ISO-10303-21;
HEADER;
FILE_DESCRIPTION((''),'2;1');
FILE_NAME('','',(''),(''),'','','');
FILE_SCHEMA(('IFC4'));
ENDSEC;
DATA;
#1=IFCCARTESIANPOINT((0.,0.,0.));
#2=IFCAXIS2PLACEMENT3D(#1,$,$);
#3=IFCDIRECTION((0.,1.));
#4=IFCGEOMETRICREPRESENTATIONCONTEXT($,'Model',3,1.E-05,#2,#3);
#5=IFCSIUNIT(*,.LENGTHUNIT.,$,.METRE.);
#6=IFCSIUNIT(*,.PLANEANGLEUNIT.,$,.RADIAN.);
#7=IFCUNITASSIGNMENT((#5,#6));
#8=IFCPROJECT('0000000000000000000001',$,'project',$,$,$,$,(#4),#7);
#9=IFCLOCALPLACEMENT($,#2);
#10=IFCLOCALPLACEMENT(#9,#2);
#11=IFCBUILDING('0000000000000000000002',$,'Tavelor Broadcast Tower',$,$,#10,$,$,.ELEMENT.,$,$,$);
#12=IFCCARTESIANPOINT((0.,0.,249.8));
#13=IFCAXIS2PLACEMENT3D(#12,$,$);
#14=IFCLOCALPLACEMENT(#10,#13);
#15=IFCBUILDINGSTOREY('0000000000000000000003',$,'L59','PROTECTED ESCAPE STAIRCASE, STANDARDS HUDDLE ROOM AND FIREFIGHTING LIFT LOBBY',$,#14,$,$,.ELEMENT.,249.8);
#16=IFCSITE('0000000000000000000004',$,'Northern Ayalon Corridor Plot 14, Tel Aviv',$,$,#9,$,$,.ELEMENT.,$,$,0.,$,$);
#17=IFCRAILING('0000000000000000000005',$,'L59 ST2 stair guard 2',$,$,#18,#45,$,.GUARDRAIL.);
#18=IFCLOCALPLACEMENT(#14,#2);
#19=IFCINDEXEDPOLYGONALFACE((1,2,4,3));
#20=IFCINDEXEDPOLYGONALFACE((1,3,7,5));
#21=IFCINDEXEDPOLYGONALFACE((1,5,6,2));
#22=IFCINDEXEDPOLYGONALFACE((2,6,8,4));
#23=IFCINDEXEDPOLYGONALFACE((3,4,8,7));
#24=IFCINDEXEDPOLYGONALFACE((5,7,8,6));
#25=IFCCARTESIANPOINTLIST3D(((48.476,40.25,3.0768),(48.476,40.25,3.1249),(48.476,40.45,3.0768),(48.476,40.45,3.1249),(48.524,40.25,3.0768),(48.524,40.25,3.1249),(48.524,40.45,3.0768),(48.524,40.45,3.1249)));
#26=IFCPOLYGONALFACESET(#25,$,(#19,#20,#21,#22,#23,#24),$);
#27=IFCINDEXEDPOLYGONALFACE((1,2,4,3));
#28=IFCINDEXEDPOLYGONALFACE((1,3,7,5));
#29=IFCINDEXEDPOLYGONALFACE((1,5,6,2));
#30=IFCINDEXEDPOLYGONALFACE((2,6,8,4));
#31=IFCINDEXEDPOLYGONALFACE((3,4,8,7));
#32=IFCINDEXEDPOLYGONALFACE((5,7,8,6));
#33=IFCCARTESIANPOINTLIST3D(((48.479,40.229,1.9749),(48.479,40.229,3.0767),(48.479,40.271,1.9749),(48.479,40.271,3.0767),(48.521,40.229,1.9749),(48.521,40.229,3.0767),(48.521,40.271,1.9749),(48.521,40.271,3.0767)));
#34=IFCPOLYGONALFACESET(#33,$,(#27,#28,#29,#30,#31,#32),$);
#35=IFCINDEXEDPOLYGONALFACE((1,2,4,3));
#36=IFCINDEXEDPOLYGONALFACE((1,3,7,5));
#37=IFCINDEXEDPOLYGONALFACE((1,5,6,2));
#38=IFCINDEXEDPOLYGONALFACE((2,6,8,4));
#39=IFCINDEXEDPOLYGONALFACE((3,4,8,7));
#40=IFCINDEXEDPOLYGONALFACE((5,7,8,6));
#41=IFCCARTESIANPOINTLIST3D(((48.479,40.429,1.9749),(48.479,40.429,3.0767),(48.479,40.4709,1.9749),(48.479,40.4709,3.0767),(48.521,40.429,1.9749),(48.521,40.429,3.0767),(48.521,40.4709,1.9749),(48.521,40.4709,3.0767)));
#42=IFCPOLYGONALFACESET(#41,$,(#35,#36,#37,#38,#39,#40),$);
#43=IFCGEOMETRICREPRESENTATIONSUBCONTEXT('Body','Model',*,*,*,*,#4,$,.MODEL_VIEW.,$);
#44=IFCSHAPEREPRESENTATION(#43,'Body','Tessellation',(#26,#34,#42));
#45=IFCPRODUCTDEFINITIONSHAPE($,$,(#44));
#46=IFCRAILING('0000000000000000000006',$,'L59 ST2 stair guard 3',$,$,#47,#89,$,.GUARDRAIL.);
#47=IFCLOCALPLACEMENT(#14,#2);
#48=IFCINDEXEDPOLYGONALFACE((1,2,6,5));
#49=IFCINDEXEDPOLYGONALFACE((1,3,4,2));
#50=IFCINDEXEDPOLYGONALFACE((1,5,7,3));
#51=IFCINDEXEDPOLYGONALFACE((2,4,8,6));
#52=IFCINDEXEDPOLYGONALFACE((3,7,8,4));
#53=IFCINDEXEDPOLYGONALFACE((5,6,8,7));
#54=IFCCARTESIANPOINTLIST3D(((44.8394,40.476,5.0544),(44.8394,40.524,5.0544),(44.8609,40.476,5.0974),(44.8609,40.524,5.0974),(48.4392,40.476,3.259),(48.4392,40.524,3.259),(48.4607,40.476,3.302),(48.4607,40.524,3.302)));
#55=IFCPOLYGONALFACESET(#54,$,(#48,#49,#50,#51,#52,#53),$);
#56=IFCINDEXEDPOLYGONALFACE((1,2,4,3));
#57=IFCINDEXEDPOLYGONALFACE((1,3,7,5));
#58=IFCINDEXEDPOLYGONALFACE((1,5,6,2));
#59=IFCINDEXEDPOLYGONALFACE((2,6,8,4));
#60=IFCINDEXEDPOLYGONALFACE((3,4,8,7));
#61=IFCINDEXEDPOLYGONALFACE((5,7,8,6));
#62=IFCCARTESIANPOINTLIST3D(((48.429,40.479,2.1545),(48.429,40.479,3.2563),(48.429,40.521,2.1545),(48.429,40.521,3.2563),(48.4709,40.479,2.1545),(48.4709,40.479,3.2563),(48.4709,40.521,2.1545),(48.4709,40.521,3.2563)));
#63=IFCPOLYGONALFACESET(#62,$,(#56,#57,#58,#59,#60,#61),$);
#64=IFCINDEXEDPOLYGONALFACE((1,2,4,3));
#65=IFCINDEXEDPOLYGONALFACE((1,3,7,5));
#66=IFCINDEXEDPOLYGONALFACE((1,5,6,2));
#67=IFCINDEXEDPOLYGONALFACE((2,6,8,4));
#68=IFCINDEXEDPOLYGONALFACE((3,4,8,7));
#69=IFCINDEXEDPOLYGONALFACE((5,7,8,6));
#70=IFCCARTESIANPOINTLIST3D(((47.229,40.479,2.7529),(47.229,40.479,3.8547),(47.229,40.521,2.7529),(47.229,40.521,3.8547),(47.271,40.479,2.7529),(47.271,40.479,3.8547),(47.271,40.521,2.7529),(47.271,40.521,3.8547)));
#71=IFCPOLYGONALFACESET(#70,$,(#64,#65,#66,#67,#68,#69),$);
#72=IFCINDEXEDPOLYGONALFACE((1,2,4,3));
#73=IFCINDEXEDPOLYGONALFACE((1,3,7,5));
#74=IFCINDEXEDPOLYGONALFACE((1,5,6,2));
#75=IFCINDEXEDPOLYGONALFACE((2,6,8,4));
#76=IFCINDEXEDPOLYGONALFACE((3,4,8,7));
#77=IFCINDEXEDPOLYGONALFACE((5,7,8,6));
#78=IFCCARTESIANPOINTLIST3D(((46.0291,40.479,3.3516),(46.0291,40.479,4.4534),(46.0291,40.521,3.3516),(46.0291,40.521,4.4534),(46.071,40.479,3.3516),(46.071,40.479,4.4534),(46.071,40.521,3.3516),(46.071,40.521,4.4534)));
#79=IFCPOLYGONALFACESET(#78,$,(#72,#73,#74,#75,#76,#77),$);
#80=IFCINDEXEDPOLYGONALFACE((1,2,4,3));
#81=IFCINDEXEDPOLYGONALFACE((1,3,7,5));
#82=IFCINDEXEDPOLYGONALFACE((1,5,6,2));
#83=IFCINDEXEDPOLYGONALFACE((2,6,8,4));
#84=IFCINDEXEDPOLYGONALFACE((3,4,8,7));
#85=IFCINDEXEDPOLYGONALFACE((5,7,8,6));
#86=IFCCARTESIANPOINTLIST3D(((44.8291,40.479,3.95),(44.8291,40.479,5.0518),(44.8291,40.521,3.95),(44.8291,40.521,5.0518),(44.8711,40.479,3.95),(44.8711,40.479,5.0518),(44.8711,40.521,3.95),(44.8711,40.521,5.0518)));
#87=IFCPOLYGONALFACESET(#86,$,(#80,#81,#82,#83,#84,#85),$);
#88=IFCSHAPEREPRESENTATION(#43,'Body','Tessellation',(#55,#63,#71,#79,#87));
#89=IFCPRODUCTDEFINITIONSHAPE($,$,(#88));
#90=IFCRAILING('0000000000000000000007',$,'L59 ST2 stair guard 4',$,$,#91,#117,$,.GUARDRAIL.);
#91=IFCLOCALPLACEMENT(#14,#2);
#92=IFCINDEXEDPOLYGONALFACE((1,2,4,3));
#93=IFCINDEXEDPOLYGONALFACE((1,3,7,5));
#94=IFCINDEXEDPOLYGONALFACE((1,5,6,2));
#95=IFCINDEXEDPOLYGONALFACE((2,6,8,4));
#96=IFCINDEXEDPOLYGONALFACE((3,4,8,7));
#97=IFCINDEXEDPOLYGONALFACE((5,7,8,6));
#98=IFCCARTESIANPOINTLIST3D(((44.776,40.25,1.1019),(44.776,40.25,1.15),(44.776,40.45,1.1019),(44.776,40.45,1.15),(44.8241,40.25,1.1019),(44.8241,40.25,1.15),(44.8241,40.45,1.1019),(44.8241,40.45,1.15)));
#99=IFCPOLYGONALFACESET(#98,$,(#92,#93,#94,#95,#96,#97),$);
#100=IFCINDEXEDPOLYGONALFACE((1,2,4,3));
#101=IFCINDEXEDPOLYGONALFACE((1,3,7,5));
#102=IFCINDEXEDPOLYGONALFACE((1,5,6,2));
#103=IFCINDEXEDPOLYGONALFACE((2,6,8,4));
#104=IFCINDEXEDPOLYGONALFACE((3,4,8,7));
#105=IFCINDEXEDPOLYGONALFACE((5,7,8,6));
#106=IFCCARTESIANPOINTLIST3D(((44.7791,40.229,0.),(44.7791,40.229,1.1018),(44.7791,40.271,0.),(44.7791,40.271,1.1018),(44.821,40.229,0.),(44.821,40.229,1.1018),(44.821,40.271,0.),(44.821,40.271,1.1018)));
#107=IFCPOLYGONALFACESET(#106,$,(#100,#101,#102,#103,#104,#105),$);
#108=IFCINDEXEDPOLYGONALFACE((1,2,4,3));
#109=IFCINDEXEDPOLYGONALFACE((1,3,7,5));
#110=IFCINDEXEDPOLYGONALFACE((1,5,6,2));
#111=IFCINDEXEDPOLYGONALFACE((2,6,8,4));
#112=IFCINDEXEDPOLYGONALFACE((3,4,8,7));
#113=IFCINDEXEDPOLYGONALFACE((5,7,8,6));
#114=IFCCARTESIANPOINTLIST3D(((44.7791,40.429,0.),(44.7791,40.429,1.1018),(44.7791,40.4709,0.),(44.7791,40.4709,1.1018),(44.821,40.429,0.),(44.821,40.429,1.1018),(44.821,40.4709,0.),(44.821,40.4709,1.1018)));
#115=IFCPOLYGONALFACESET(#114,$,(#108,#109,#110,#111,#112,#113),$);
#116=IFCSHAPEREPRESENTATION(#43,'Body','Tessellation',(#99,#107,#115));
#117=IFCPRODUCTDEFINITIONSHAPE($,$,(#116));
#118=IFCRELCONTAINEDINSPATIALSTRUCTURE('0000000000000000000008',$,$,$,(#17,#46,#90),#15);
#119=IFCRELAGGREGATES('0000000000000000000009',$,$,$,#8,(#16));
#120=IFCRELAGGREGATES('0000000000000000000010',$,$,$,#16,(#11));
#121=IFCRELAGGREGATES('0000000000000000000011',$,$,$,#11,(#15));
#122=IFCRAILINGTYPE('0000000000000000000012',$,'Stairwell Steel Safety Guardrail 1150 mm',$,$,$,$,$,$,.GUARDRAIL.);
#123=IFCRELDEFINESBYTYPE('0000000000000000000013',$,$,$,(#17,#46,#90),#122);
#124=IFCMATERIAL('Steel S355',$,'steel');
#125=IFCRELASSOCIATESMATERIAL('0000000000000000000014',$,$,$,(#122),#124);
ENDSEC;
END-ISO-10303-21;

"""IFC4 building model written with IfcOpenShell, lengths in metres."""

from ifc_helpers import new_model, si_unit, direction, frame, origin, origin_2d, place, context, subcontext, project, spatial, rectangle, extrude, material, type_object, element, save


model = new_model("IFC4")

# Units and contexts
model_context = context("Model", 3, precision=1e-05, world=origin(), true_north=direction((0.0, 1.0)))
body_context = subcontext(model_context, "Body", "Model", "MODEL_VIEW")
ifc_project = project(units=[si_unit("LENGTHUNIT", "METRE"), si_unit("PLANEANGLEUNIT", "RADIAN")], contexts=[model_context])

# Site, building, storey
site_placement = place(None, origin())
site = spatial("IfcSite", under=ifc_project, at=site_placement, Name="Northern Ayalon Corridor Plot 14, Tel Aviv", CompositionType="ELEMENT", RefElevation=0.0)
building_placement = place(site_placement, origin())
building = spatial("IfcBuilding", under=site, at=building_placement, Name="Tavelor Broadcast Tower", CompositionType="ELEMENT")
storey_placement = place(building_placement, frame((0.0, 0.0, 249.8)))
storey = spatial("IfcBuildingStorey", under=building, at=storey_placement, Name="L59", Description="PROTECTED ESCAPE STAIRCASE, STANDARDS HUDDLE ROOM AND FIREFIGHTING LIFT LOBBY", CompositionType="ELEMENT", Elevation=249.8)

# Shared definitions
ifc_material_1 = material(Name="Steel S355", Category="steel")

# Railings
railing_type_1 = type_object("IfcRailingType", Name="Stairwell Steel Safety Guardrail 1150 mm", PredefinedType="GUARDRAIL", material=ifc_material_1)
railing_1_placement = place(storey_placement, frame((48.5, 40.25, 1.9749)))
element("IfcRailing", 1, at=railing_1_placement, inside=storey, type_object=railing_type_1, Name="L59 ST2 stair guard 2", PredefinedType="GUARDRAIL", context=body_context, shape_type="SweptSolid", body=[
    extrude(rectangle(XDim=0.0481, YDim=0.0481, at=origin_2d()), frame((0.0, 0.0, 1.126), z_axis=(0.0, 1.0, 0.0), x_axis=(-1.0, 0.0, 0.0)), (0.0, 0.0, 1.0), 0.2),
    extrude(rectangle(XDim=0.042, YDim=0.042, at=origin_2d()), origin(), (0.0, 0.0, 1.0), 1.1018),
    extrude(rectangle(XDim=0.042, YDim=0.042, at=origin_2d()), frame((0.0, 0.2, 0.0)), (0.0, 0.0, 1.0), 1.1018),
])
railing_2_placement = place(storey_placement, frame((48.45, 40.5, 2.1545)))
element("IfcRailing", 2, at=railing_2_placement, inside=storey, type_object=railing_type_1, Name="L59 ST2 stair guard 3", PredefinedType="GUARDRAIL", context=body_context, shape_type="SweptSolid", body=[
    extrude(rectangle(XDim=0.0481, YDim=0.0481, at=origin_2d()), frame((0.0, 0.0, 1.126), z_axis=(-0.894876, 0.0, 0.446315), x_axis=(0.0, -1.0, 0.0)), (0.0, 0.0, 1.0), 4.0227),
    extrude(rectangle(XDim=0.042, YDim=0.042, at=origin_2d()), origin(), (0.0, 0.0, 1.0), 1.1018),
    extrude(rectangle(XDim=0.042, YDim=0.042, at=origin_2d()), frame((-1.2, 0.0, 0.5984)), (0.0, 0.0, 1.0), 1.1018),
    extrude(rectangle(XDim=0.042, YDim=0.042, at=origin_2d()), frame((-2.3999, 0.0, 1.197)), (0.0, 0.0, 1.0), 1.1018),
    extrude(rectangle(XDim=0.042, YDim=0.042, at=origin_2d()), frame((-3.5999, 0.0, 1.7954)), (0.0, 0.0, 1.0), 1.1018),
])
railing_3_placement = place(storey_placement, frame((44.8, 40.25, 0.0)))
element("IfcRailing", 3, at=railing_3_placement, inside=storey, type_object=railing_type_1, Name="L59 ST2 stair guard 4", PredefinedType="GUARDRAIL", context=body_context, shape_type="SweptSolid", body=[
    extrude(rectangle(XDim=0.0481, YDim=0.0481, at=origin_2d()), frame((0.0, 0.0, 1.126), z_axis=(0.0, 1.0, 0.0), x_axis=(-1.0, 0.0, 0.0)), (0.0, 0.0, 1.0), 0.2),
    extrude(rectangle(XDim=0.042, YDim=0.042, at=origin_2d()), origin(), (0.0, 0.0, 1.0), 1.1018),
    extrude(rectangle(XDim=0.042, YDim=0.042, at=origin_2d()), frame((0.0, 0.2, 0.0)), (0.0, 0.0, 1.0), 1.1018),
])

save(model, "model.ifc")
